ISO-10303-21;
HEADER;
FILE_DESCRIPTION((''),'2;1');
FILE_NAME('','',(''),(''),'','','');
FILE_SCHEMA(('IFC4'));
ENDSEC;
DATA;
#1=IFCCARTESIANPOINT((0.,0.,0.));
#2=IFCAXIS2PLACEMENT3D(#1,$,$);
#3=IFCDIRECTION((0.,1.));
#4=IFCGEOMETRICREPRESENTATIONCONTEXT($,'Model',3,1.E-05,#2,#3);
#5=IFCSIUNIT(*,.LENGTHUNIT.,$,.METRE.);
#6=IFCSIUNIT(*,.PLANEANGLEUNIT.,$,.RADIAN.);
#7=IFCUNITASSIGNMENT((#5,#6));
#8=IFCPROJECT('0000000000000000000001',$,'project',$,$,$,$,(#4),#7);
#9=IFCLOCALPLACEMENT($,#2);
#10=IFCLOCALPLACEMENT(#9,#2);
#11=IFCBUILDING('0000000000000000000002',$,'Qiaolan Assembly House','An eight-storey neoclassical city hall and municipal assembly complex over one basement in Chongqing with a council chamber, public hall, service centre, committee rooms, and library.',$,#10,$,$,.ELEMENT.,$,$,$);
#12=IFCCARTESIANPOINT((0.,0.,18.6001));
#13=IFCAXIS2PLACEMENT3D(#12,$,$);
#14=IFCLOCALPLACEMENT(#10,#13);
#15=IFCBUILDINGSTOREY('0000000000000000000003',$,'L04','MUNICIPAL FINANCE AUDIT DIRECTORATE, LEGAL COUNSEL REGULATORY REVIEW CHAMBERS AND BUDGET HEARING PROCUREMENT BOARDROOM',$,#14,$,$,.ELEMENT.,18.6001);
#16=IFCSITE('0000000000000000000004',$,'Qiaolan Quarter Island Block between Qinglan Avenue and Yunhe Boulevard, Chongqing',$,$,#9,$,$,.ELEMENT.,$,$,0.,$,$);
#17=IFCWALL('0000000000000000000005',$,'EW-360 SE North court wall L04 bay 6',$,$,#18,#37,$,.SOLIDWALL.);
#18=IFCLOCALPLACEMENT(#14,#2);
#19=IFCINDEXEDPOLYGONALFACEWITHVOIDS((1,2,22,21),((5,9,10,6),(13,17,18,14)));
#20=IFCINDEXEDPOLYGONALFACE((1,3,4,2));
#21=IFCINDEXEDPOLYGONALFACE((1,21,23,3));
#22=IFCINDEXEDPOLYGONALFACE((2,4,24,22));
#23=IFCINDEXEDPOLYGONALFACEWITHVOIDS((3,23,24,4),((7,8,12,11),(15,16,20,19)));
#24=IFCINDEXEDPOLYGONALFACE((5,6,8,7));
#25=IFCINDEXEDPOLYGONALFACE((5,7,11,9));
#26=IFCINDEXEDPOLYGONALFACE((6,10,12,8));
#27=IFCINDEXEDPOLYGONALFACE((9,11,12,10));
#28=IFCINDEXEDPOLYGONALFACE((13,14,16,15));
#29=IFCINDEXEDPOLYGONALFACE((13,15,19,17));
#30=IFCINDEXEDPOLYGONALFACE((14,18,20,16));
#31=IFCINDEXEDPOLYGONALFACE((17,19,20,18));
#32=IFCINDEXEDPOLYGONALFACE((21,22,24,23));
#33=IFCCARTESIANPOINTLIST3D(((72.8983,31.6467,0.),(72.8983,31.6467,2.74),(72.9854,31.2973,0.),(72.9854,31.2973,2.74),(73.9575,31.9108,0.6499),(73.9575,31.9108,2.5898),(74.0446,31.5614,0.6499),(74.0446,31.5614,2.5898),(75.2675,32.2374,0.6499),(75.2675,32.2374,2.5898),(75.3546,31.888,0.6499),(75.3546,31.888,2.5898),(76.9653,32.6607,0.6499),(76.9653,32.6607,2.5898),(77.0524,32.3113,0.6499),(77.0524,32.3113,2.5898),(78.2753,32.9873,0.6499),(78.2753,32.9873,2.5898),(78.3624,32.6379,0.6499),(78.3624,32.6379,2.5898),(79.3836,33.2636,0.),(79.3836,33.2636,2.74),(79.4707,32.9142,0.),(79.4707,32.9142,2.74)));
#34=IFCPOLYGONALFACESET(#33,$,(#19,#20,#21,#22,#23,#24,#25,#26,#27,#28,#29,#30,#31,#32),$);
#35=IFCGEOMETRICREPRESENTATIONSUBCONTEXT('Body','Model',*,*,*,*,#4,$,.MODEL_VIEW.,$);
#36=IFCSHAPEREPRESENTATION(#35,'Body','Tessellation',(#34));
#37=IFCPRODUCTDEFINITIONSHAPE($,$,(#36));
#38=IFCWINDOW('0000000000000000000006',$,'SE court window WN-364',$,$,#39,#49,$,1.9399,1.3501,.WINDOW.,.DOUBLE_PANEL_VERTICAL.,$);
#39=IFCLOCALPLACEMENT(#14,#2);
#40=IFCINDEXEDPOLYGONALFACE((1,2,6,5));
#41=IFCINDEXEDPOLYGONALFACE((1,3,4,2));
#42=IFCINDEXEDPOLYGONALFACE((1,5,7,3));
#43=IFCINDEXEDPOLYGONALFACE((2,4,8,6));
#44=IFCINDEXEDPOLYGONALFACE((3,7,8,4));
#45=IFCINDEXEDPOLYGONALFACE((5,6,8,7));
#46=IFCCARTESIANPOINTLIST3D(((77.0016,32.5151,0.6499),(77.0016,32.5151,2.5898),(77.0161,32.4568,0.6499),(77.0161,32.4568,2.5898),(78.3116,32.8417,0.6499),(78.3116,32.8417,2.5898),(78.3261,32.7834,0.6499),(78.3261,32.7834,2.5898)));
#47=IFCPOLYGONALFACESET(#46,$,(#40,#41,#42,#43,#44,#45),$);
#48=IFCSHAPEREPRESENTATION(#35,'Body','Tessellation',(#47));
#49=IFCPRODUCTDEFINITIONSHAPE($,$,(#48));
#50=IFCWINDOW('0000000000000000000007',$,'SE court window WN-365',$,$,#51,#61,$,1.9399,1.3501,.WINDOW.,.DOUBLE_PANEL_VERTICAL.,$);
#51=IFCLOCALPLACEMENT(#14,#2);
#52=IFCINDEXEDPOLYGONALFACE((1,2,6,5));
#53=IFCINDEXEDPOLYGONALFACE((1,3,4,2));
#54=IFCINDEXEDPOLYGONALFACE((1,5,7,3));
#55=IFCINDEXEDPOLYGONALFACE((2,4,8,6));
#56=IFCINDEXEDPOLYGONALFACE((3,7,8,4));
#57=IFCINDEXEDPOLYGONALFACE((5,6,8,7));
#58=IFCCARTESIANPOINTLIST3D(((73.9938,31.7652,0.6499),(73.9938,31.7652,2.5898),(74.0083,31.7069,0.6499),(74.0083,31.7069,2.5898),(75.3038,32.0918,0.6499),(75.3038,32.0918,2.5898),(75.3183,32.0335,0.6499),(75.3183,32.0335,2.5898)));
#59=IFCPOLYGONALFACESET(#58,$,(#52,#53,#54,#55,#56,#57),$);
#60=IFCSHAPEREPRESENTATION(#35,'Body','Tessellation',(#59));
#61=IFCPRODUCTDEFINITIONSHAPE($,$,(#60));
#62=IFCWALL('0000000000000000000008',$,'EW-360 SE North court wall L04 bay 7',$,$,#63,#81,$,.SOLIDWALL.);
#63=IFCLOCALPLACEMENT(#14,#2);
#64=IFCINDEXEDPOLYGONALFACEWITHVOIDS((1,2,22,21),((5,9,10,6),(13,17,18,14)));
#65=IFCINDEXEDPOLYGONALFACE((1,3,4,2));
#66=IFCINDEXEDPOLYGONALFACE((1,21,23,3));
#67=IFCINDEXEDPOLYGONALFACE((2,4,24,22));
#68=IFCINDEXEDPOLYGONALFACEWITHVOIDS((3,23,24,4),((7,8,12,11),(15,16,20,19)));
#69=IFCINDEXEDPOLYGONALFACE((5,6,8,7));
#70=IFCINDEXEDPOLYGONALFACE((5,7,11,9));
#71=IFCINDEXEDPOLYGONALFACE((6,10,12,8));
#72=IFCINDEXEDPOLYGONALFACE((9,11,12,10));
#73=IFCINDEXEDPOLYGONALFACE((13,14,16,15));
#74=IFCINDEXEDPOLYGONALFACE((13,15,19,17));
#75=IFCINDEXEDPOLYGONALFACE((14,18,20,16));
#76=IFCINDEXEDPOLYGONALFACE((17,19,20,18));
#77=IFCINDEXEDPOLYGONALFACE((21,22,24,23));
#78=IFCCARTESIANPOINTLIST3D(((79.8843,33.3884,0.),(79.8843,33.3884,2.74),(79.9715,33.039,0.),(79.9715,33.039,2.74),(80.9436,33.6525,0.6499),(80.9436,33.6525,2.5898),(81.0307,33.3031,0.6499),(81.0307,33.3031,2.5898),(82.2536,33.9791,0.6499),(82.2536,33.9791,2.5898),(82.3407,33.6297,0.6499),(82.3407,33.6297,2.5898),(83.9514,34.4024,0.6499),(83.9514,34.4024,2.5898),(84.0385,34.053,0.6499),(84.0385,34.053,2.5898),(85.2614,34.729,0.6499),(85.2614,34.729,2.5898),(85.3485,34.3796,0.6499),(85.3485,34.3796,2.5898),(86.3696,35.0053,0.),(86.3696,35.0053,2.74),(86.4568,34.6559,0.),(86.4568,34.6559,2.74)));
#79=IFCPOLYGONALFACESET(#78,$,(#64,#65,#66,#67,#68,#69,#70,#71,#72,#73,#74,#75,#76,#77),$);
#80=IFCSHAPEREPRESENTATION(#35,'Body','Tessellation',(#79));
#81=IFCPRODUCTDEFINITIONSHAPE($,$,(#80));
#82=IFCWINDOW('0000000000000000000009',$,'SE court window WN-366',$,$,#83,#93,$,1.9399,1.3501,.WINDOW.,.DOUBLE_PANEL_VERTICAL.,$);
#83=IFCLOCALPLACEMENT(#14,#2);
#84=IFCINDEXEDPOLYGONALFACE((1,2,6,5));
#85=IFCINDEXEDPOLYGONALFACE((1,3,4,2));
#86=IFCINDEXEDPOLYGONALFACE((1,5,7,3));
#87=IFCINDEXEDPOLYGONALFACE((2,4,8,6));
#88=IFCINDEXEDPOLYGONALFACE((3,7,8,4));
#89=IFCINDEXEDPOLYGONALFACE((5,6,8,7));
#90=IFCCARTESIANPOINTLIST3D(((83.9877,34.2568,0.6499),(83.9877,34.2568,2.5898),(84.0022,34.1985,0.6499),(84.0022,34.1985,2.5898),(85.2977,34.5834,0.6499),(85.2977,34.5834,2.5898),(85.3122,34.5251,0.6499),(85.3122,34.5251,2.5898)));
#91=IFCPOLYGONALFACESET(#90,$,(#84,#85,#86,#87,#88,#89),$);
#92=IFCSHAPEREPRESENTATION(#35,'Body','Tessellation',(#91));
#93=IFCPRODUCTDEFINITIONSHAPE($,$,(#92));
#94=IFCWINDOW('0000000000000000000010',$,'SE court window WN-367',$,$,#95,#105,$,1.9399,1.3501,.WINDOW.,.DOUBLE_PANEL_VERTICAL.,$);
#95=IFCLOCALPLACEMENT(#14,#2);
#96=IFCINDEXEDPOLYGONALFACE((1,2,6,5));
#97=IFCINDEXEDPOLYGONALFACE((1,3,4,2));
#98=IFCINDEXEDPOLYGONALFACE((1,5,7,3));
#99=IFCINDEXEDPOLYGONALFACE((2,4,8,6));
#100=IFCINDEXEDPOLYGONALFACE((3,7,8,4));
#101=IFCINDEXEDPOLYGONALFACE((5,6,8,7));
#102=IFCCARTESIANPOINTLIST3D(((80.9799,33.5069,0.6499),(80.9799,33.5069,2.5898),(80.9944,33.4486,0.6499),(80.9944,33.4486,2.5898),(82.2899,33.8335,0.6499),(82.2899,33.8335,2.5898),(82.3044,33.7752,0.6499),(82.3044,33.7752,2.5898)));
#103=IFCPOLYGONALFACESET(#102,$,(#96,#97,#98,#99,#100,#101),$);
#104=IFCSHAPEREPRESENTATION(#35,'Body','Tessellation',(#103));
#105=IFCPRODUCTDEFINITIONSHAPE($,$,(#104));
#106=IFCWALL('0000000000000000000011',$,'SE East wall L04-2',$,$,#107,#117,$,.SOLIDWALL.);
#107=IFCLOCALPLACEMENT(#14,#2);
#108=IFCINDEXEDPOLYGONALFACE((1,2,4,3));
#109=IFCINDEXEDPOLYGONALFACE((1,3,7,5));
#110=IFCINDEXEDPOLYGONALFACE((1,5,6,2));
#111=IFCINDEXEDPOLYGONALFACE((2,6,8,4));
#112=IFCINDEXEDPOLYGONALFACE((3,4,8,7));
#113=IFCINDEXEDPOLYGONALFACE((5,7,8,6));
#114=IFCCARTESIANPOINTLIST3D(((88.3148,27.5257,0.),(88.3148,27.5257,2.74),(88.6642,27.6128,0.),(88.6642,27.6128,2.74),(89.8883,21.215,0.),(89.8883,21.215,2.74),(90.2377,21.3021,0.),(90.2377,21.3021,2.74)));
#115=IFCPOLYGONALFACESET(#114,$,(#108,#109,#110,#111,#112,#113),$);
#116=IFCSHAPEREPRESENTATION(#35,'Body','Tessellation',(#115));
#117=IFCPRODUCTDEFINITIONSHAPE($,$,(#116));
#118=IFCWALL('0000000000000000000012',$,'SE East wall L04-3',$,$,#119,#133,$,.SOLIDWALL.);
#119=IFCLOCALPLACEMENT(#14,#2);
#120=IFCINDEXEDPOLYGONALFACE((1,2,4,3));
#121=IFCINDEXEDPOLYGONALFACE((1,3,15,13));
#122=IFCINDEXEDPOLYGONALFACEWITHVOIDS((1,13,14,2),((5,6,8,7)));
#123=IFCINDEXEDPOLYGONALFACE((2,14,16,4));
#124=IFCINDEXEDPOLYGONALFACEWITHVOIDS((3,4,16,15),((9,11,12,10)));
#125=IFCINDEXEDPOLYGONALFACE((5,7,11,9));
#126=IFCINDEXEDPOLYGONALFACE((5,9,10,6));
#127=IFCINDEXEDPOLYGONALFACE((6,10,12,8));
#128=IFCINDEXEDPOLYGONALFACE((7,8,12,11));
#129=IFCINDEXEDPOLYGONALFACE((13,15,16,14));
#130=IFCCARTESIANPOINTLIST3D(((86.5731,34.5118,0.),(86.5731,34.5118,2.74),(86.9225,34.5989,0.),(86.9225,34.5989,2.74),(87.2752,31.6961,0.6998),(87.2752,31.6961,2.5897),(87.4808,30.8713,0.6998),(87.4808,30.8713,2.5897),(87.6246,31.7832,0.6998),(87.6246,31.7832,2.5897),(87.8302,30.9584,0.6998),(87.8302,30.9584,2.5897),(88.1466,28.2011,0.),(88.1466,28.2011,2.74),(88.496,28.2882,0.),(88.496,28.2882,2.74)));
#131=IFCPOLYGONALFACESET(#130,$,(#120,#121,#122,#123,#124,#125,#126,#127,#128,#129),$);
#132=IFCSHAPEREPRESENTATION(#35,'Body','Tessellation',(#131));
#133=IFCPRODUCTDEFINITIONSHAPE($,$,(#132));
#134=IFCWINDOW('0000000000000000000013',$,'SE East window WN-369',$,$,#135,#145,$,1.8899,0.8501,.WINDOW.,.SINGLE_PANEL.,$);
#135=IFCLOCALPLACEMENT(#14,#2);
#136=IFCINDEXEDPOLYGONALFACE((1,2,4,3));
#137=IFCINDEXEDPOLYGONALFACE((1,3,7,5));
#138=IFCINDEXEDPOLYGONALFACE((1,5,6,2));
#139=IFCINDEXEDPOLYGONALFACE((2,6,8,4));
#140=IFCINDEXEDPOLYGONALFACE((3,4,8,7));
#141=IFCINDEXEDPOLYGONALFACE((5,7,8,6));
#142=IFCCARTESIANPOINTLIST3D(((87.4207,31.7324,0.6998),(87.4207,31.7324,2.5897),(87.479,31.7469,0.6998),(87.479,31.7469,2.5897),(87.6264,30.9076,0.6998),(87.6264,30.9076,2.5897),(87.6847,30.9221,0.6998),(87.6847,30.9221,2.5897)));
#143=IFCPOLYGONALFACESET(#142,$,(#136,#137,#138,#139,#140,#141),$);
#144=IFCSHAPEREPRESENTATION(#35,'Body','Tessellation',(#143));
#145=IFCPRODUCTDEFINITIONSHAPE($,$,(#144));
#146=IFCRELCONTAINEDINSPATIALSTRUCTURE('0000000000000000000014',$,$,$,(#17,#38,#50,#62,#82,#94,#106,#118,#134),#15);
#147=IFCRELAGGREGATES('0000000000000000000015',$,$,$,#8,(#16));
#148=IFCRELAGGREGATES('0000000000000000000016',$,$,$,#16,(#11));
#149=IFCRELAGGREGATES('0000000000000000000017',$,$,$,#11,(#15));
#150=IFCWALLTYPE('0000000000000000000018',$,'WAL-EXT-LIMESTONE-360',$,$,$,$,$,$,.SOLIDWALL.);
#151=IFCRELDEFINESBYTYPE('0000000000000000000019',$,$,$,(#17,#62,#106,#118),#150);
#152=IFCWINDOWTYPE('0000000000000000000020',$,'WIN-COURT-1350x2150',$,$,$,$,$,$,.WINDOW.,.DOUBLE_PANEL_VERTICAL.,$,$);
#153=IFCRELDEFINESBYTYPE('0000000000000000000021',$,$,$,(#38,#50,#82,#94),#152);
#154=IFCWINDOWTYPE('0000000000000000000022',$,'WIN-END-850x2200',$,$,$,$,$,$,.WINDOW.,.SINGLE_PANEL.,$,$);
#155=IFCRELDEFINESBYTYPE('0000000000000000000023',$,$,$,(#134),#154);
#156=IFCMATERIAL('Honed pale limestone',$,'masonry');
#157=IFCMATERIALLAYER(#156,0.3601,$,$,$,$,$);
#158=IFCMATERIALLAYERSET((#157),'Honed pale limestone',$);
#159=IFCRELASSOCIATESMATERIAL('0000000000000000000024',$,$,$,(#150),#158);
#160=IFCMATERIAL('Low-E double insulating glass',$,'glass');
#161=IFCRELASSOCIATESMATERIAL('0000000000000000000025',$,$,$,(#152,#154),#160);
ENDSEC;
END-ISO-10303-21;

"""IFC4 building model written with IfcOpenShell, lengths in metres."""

from ifc_helpers import new_model, si_unit, direction, frame, frame_2d, origin, place, context, subcontext, project, spatial, rectangle, extrude, material, layer, layer_set, type_object, element, fill, save


model = new_model("IFC4")

# Units and contexts
model_context = context("Model", 3, precision=1e-05, world=origin(), true_north=direction((0.0, 1.0)))
body_context = subcontext(model_context, "Body", "Model", "MODEL_VIEW")
ifc_project = project(units=[si_unit("LENGTHUNIT", "METRE"), si_unit("PLANEANGLEUNIT", "RADIAN")], contexts=[model_context])

# Site, building, storey
site_placement = place(None, origin())
site = spatial("IfcSite", under=ifc_project, at=site_placement, Name="Qiaolan Quarter Island Block between Qinglan Avenue and Yunhe Boulevard, Chongqing", CompositionType="ELEMENT", RefElevation=0.0)
building_placement = place(site_placement, origin())
building = spatial("IfcBuilding", under=site, at=building_placement, Name="Qiaolan Assembly House", Description="An eight-storey neoclassical city hall and municipal assembly complex over one basement in Chongqing with a council chamber, public hall, service centre, committee rooms, and library.", CompositionType="ELEMENT")
storey_placement = place(building_placement, frame((0.0, 0.0, 18.6001)))
storey = spatial("IfcBuildingStorey", under=building, at=storey_placement, Name="L04", Description="MUNICIPAL FINANCE AUDIT DIRECTORATE, LEGAL COUNSEL REGULATORY REVIEW CHAMBERS AND BUDGET HEARING PROCUREMENT BOARDROOM", CompositionType="ELEMENT", Elevation=18.6001)

# Walls, openings, windows
ifc_material_1 = material(Name="Honed pale limestone", Category="masonry")
ifc_layer_1 = layer(ifc_material_1, 0.3601)
ifc_layer_set_1 = layer_set([ifc_layer_1], Name="Honed pale limestone")
wall_type_1 = type_object("IfcWallType", Name="WAL-EXT-LIMESTONE-360", PredefinedType="SOLIDWALL", material=ifc_layer_set_1)
wall_1_placement = place(storey_placement, frame((79.427, 33.0889, 0.0), z_axis=(0.0, 0.0, 1.0), x_axis=(-0.970297, -0.241917, 0.0)))
wall_1 = element("IfcWall", 1, at=wall_1_placement, inside=storey, type_object=wall_type_1, Name="EW-360 SE North court wall L04 bay 6", PredefinedType="SOLIDWALL", context=body_context, shape_type="SweptSolid", body=[
    extrude(rectangle(XDim=6.6838, YDim=0.3601, at=frame_2d((3.3418, 0.0))), origin(), (0.0, 0.0, 1.0), 2.74),
])
opening_1_placement = place(wall_1_placement, frame((1.1421, 0.0, 0.6499)))
opening_1 = element("IfcOpeningElement", 2, at=opening_1_placement, cuts=wall_1, PredefinedType="OPENING", context=body_context, shape_type="SweptSolid", body=[
    extrude(rectangle(XDim=1.3501, YDim=1.9399, at=frame_2d((0.675, 0.97))), frame((0.0, 0.1899, 0.0), z_axis=(0.0, -1.0, 0.0), x_axis=(1.0, 0.0, 0.0)), (0.0, 0.0, 1.0), 0.3801),
])
opening_2_placement = place(wall_1_placement, frame((4.2419, 0.0, 0.6499)))
opening_2 = element("IfcOpeningElement", 3, at=opening_2_placement, cuts=wall_1, PredefinedType="OPENING", context=body_context, shape_type="SweptSolid", body=[
    extrude(rectangle(XDim=1.3501, YDim=1.9399, at=frame_2d((0.675, 0.97))), frame((0.0, 0.1899, 0.0), z_axis=(0.0, -1.0, 0.0), x_axis=(1.0, 0.0, 0.0)), (0.0, 0.0, 1.0), 0.3801),
])
ifc_material_2 = material(Name="Low-E double insulating glass", Category="glass")
window_type_1 = type_object("IfcWindowType", Name="WIN-COURT-1350x2150", PartitioningType="DOUBLE_PANEL_VERTICAL", PredefinedType="WINDOW", material=ifc_material_2)
window_1_placement = place(opening_1_placement, origin())
window_1 = element("IfcWindow", 4, at=window_1_placement, inside=storey, type_object=window_type_1, Name="SE court window WN-364", OverallHeight=1.9399, OverallWidth=1.3501, PartitioningType="DOUBLE_PANEL_VERTICAL", PredefinedType="WINDOW", context=body_context, shape_type="SweptSolid", body=[
    extrude(rectangle(XDim=1.3501, YDim=1.9399, at=frame_2d((0.675, 0.97))), frame((0.0, 0.03, 0.0), z_axis=(0.0, -1.0, 0.0), x_axis=(1.0, 0.0, 0.0)), (0.0, 0.0, 1.0), 0.0601),
])
fill(opening_1, window_1)
window_2_placement = place(opening_2_placement, origin())
window_2 = element("IfcWindow", 5, at=window_2_placement, inside=storey, type_object=window_type_1, Name="SE court window WN-365", OverallHeight=1.9399, OverallWidth=1.3501, PartitioningType="DOUBLE_PANEL_VERTICAL", PredefinedType="WINDOW", context=body_context, shape_type="SweptSolid", body=[
    extrude(rectangle(XDim=1.3501, YDim=1.9399, at=frame_2d((0.675, 0.97))), frame((0.0, 0.03, 0.0), z_axis=(0.0, -1.0, 0.0), x_axis=(1.0, 0.0, 0.0)), (0.0, 0.0, 1.0), 0.0601),
])
fill(opening_2, window_2)
wall_2_placement = place(storey_placement, frame((86.4131, 34.8306, 0.0), z_axis=(0.0, 0.0, 1.0), x_axis=(-0.970297, -0.241917, 0.0)))
wall_2 = element("IfcWall", 6, at=wall_2_placement, inside=storey, type_object=wall_type_1, Name="EW-360 SE North court wall L04 bay 7", PredefinedType="SOLIDWALL", context=body_context, shape_type="SweptSolid", body=[
    extrude(rectangle(XDim=6.6838, YDim=0.3601, at=frame_2d((3.3418, 0.0))), origin(), (0.0, 0.0, 1.0), 2.74),
])
opening_3_placement = place(wall_2_placement, frame((1.1421, 0.0, 0.6499)))
opening_3 = element("IfcOpeningElement", 7, at=opening_3_placement, cuts=wall_2, PredefinedType="OPENING", context=body_context, shape_type="SweptSolid", body=[
    extrude(rectangle(XDim=1.3501, YDim=1.9399, at=frame_2d((0.675, 0.97))), frame((0.0, 0.1899, 0.0), z_axis=(0.0, -1.0, 0.0), x_axis=(1.0, 0.0, 0.0)), (0.0, 0.0, 1.0), 0.3801),
])
opening_4_placement = place(wall_2_placement, frame((4.2419, 0.0, 0.6499)))
opening_4 = element("IfcOpeningElement", 8, at=opening_4_placement, cuts=wall_2, PredefinedType="OPENING", context=body_context, shape_type="SweptSolid", body=[
    extrude(rectangle(XDim=1.3501, YDim=1.9399, at=frame_2d((0.675, 0.97))), frame((0.0, 0.1899, 0.0), z_axis=(0.0, -1.0, 0.0), x_axis=(1.0, 0.0, 0.0)), (0.0, 0.0, 1.0), 0.3801),
])
window_3_placement = place(opening_3_placement, origin())
window_3 = element("IfcWindow", 9, at=window_3_placement, inside=storey, type_object=window_type_1, Name="SE court window WN-366", OverallHeight=1.9399, OverallWidth=1.3501, PartitioningType="DOUBLE_PANEL_VERTICAL", PredefinedType="WINDOW", context=body_context, shape_type="SweptSolid", body=[
    extrude(rectangle(XDim=1.3501, YDim=1.9399, at=frame_2d((0.675, 0.97))), frame((0.0, 0.03, 0.0), z_axis=(0.0, -1.0, 0.0), x_axis=(1.0, 0.0, 0.0)), (0.0, 0.0, 1.0), 0.0601),
])
fill(opening_3, window_3)
window_4_placement = place(opening_4_placement, origin())
window_4 = element("IfcWindow", 10, at=window_4_placement, inside=storey, type_object=window_type_1, Name="SE court window WN-367", OverallHeight=1.9399, OverallWidth=1.3501, PartitioningType="DOUBLE_PANEL_VERTICAL", PredefinedType="WINDOW", context=body_context, shape_type="SweptSolid", body=[
    extrude(rectangle(XDim=1.3501, YDim=1.9399, at=frame_2d((0.675, 0.97))), frame((0.0, 0.03, 0.0), z_axis=(0.0, -1.0, 0.0), x_axis=(1.0, 0.0, 0.0)), (0.0, 0.0, 1.0), 0.0601),
])
fill(opening_4, window_4)

# Wall
wall_3_placement = place(storey_placement, frame((90.063, 21.2585, 0.0), z_axis=(0.0, 0.0, 1.0), x_axis=(-0.241926, 0.970295, 0.0)))
element("IfcWall", 11, at=wall_3_placement, inside=storey, type_object=wall_type_1, Name="SE East wall L04-2", PredefinedType="SOLIDWALL", context=body_context, shape_type="SweptSolid", body=[
    extrude(rectangle(XDim=6.5039, YDim=0.3601, at=frame_2d((3.252, 0.0))), origin(), (0.0, 0.0, 1.0), 2.74),
])

# Wall, opening, window
wall_4_placement = place(storey_placement, frame((88.3213, 28.2446, 0.0), z_axis=(0.0, 0.0, 1.0), x_axis=(-0.241926, 0.970295, 0.0)))
wall_4 = element("IfcWall", 12, at=wall_4_placement, inside=storey, type_object=wall_type_1, Name="SE East wall L04-3", PredefinedType="SOLIDWALL", context=body_context, shape_type="SweptSolid", body=[
    extrude(rectangle(XDim=6.5039, YDim=0.3601, at=frame_2d((3.252, 0.0))), origin(), (0.0, 0.0, 1.0), 2.74),
])
opening_5_placement = place(wall_4_placement, frame((2.752, 0.0, 0.7)))
opening_5 = element("IfcOpeningElement", 13, at=opening_5_placement, cuts=wall_4, PredefinedType="OPENING", context=body_context, shape_type="SweptSolid", body=[
    extrude(rectangle(XDim=0.8501, YDim=1.8899, at=frame_2d((0.425, 0.9448))), frame((0.0, 0.1899, 0.0), z_axis=(0.0, -1.0, 0.0), x_axis=(1.0, 0.0, 0.0)), (0.0, 0.0, 1.0), 0.3801),
])
window_type_2 = type_object("IfcWindowType", Name="WIN-END-850x2200", PartitioningType="SINGLE_PANEL", PredefinedType="WINDOW", material=ifc_material_2)
window_5_placement = place(opening_5_placement, origin())
window_5 = element("IfcWindow", 14, at=window_5_placement, inside=storey, type_object=window_type_2, Name="SE East window WN-369", OverallHeight=1.8899, OverallWidth=0.8501, PartitioningType="SINGLE_PANEL", PredefinedType="WINDOW", context=body_context, shape_type="SweptSolid", body=[
    extrude(rectangle(XDim=0.8501, YDim=1.8899, at=frame_2d((0.425, 0.9448))), frame((0.0, 0.03, 0.0), z_axis=(0.0, -1.0, 0.0), x_axis=(1.0, 0.0, 0.0)), (0.0, 0.0, 1.0), 0.0601),
])
fill(opening_5, window_5)

save(model, "model.ifc")
